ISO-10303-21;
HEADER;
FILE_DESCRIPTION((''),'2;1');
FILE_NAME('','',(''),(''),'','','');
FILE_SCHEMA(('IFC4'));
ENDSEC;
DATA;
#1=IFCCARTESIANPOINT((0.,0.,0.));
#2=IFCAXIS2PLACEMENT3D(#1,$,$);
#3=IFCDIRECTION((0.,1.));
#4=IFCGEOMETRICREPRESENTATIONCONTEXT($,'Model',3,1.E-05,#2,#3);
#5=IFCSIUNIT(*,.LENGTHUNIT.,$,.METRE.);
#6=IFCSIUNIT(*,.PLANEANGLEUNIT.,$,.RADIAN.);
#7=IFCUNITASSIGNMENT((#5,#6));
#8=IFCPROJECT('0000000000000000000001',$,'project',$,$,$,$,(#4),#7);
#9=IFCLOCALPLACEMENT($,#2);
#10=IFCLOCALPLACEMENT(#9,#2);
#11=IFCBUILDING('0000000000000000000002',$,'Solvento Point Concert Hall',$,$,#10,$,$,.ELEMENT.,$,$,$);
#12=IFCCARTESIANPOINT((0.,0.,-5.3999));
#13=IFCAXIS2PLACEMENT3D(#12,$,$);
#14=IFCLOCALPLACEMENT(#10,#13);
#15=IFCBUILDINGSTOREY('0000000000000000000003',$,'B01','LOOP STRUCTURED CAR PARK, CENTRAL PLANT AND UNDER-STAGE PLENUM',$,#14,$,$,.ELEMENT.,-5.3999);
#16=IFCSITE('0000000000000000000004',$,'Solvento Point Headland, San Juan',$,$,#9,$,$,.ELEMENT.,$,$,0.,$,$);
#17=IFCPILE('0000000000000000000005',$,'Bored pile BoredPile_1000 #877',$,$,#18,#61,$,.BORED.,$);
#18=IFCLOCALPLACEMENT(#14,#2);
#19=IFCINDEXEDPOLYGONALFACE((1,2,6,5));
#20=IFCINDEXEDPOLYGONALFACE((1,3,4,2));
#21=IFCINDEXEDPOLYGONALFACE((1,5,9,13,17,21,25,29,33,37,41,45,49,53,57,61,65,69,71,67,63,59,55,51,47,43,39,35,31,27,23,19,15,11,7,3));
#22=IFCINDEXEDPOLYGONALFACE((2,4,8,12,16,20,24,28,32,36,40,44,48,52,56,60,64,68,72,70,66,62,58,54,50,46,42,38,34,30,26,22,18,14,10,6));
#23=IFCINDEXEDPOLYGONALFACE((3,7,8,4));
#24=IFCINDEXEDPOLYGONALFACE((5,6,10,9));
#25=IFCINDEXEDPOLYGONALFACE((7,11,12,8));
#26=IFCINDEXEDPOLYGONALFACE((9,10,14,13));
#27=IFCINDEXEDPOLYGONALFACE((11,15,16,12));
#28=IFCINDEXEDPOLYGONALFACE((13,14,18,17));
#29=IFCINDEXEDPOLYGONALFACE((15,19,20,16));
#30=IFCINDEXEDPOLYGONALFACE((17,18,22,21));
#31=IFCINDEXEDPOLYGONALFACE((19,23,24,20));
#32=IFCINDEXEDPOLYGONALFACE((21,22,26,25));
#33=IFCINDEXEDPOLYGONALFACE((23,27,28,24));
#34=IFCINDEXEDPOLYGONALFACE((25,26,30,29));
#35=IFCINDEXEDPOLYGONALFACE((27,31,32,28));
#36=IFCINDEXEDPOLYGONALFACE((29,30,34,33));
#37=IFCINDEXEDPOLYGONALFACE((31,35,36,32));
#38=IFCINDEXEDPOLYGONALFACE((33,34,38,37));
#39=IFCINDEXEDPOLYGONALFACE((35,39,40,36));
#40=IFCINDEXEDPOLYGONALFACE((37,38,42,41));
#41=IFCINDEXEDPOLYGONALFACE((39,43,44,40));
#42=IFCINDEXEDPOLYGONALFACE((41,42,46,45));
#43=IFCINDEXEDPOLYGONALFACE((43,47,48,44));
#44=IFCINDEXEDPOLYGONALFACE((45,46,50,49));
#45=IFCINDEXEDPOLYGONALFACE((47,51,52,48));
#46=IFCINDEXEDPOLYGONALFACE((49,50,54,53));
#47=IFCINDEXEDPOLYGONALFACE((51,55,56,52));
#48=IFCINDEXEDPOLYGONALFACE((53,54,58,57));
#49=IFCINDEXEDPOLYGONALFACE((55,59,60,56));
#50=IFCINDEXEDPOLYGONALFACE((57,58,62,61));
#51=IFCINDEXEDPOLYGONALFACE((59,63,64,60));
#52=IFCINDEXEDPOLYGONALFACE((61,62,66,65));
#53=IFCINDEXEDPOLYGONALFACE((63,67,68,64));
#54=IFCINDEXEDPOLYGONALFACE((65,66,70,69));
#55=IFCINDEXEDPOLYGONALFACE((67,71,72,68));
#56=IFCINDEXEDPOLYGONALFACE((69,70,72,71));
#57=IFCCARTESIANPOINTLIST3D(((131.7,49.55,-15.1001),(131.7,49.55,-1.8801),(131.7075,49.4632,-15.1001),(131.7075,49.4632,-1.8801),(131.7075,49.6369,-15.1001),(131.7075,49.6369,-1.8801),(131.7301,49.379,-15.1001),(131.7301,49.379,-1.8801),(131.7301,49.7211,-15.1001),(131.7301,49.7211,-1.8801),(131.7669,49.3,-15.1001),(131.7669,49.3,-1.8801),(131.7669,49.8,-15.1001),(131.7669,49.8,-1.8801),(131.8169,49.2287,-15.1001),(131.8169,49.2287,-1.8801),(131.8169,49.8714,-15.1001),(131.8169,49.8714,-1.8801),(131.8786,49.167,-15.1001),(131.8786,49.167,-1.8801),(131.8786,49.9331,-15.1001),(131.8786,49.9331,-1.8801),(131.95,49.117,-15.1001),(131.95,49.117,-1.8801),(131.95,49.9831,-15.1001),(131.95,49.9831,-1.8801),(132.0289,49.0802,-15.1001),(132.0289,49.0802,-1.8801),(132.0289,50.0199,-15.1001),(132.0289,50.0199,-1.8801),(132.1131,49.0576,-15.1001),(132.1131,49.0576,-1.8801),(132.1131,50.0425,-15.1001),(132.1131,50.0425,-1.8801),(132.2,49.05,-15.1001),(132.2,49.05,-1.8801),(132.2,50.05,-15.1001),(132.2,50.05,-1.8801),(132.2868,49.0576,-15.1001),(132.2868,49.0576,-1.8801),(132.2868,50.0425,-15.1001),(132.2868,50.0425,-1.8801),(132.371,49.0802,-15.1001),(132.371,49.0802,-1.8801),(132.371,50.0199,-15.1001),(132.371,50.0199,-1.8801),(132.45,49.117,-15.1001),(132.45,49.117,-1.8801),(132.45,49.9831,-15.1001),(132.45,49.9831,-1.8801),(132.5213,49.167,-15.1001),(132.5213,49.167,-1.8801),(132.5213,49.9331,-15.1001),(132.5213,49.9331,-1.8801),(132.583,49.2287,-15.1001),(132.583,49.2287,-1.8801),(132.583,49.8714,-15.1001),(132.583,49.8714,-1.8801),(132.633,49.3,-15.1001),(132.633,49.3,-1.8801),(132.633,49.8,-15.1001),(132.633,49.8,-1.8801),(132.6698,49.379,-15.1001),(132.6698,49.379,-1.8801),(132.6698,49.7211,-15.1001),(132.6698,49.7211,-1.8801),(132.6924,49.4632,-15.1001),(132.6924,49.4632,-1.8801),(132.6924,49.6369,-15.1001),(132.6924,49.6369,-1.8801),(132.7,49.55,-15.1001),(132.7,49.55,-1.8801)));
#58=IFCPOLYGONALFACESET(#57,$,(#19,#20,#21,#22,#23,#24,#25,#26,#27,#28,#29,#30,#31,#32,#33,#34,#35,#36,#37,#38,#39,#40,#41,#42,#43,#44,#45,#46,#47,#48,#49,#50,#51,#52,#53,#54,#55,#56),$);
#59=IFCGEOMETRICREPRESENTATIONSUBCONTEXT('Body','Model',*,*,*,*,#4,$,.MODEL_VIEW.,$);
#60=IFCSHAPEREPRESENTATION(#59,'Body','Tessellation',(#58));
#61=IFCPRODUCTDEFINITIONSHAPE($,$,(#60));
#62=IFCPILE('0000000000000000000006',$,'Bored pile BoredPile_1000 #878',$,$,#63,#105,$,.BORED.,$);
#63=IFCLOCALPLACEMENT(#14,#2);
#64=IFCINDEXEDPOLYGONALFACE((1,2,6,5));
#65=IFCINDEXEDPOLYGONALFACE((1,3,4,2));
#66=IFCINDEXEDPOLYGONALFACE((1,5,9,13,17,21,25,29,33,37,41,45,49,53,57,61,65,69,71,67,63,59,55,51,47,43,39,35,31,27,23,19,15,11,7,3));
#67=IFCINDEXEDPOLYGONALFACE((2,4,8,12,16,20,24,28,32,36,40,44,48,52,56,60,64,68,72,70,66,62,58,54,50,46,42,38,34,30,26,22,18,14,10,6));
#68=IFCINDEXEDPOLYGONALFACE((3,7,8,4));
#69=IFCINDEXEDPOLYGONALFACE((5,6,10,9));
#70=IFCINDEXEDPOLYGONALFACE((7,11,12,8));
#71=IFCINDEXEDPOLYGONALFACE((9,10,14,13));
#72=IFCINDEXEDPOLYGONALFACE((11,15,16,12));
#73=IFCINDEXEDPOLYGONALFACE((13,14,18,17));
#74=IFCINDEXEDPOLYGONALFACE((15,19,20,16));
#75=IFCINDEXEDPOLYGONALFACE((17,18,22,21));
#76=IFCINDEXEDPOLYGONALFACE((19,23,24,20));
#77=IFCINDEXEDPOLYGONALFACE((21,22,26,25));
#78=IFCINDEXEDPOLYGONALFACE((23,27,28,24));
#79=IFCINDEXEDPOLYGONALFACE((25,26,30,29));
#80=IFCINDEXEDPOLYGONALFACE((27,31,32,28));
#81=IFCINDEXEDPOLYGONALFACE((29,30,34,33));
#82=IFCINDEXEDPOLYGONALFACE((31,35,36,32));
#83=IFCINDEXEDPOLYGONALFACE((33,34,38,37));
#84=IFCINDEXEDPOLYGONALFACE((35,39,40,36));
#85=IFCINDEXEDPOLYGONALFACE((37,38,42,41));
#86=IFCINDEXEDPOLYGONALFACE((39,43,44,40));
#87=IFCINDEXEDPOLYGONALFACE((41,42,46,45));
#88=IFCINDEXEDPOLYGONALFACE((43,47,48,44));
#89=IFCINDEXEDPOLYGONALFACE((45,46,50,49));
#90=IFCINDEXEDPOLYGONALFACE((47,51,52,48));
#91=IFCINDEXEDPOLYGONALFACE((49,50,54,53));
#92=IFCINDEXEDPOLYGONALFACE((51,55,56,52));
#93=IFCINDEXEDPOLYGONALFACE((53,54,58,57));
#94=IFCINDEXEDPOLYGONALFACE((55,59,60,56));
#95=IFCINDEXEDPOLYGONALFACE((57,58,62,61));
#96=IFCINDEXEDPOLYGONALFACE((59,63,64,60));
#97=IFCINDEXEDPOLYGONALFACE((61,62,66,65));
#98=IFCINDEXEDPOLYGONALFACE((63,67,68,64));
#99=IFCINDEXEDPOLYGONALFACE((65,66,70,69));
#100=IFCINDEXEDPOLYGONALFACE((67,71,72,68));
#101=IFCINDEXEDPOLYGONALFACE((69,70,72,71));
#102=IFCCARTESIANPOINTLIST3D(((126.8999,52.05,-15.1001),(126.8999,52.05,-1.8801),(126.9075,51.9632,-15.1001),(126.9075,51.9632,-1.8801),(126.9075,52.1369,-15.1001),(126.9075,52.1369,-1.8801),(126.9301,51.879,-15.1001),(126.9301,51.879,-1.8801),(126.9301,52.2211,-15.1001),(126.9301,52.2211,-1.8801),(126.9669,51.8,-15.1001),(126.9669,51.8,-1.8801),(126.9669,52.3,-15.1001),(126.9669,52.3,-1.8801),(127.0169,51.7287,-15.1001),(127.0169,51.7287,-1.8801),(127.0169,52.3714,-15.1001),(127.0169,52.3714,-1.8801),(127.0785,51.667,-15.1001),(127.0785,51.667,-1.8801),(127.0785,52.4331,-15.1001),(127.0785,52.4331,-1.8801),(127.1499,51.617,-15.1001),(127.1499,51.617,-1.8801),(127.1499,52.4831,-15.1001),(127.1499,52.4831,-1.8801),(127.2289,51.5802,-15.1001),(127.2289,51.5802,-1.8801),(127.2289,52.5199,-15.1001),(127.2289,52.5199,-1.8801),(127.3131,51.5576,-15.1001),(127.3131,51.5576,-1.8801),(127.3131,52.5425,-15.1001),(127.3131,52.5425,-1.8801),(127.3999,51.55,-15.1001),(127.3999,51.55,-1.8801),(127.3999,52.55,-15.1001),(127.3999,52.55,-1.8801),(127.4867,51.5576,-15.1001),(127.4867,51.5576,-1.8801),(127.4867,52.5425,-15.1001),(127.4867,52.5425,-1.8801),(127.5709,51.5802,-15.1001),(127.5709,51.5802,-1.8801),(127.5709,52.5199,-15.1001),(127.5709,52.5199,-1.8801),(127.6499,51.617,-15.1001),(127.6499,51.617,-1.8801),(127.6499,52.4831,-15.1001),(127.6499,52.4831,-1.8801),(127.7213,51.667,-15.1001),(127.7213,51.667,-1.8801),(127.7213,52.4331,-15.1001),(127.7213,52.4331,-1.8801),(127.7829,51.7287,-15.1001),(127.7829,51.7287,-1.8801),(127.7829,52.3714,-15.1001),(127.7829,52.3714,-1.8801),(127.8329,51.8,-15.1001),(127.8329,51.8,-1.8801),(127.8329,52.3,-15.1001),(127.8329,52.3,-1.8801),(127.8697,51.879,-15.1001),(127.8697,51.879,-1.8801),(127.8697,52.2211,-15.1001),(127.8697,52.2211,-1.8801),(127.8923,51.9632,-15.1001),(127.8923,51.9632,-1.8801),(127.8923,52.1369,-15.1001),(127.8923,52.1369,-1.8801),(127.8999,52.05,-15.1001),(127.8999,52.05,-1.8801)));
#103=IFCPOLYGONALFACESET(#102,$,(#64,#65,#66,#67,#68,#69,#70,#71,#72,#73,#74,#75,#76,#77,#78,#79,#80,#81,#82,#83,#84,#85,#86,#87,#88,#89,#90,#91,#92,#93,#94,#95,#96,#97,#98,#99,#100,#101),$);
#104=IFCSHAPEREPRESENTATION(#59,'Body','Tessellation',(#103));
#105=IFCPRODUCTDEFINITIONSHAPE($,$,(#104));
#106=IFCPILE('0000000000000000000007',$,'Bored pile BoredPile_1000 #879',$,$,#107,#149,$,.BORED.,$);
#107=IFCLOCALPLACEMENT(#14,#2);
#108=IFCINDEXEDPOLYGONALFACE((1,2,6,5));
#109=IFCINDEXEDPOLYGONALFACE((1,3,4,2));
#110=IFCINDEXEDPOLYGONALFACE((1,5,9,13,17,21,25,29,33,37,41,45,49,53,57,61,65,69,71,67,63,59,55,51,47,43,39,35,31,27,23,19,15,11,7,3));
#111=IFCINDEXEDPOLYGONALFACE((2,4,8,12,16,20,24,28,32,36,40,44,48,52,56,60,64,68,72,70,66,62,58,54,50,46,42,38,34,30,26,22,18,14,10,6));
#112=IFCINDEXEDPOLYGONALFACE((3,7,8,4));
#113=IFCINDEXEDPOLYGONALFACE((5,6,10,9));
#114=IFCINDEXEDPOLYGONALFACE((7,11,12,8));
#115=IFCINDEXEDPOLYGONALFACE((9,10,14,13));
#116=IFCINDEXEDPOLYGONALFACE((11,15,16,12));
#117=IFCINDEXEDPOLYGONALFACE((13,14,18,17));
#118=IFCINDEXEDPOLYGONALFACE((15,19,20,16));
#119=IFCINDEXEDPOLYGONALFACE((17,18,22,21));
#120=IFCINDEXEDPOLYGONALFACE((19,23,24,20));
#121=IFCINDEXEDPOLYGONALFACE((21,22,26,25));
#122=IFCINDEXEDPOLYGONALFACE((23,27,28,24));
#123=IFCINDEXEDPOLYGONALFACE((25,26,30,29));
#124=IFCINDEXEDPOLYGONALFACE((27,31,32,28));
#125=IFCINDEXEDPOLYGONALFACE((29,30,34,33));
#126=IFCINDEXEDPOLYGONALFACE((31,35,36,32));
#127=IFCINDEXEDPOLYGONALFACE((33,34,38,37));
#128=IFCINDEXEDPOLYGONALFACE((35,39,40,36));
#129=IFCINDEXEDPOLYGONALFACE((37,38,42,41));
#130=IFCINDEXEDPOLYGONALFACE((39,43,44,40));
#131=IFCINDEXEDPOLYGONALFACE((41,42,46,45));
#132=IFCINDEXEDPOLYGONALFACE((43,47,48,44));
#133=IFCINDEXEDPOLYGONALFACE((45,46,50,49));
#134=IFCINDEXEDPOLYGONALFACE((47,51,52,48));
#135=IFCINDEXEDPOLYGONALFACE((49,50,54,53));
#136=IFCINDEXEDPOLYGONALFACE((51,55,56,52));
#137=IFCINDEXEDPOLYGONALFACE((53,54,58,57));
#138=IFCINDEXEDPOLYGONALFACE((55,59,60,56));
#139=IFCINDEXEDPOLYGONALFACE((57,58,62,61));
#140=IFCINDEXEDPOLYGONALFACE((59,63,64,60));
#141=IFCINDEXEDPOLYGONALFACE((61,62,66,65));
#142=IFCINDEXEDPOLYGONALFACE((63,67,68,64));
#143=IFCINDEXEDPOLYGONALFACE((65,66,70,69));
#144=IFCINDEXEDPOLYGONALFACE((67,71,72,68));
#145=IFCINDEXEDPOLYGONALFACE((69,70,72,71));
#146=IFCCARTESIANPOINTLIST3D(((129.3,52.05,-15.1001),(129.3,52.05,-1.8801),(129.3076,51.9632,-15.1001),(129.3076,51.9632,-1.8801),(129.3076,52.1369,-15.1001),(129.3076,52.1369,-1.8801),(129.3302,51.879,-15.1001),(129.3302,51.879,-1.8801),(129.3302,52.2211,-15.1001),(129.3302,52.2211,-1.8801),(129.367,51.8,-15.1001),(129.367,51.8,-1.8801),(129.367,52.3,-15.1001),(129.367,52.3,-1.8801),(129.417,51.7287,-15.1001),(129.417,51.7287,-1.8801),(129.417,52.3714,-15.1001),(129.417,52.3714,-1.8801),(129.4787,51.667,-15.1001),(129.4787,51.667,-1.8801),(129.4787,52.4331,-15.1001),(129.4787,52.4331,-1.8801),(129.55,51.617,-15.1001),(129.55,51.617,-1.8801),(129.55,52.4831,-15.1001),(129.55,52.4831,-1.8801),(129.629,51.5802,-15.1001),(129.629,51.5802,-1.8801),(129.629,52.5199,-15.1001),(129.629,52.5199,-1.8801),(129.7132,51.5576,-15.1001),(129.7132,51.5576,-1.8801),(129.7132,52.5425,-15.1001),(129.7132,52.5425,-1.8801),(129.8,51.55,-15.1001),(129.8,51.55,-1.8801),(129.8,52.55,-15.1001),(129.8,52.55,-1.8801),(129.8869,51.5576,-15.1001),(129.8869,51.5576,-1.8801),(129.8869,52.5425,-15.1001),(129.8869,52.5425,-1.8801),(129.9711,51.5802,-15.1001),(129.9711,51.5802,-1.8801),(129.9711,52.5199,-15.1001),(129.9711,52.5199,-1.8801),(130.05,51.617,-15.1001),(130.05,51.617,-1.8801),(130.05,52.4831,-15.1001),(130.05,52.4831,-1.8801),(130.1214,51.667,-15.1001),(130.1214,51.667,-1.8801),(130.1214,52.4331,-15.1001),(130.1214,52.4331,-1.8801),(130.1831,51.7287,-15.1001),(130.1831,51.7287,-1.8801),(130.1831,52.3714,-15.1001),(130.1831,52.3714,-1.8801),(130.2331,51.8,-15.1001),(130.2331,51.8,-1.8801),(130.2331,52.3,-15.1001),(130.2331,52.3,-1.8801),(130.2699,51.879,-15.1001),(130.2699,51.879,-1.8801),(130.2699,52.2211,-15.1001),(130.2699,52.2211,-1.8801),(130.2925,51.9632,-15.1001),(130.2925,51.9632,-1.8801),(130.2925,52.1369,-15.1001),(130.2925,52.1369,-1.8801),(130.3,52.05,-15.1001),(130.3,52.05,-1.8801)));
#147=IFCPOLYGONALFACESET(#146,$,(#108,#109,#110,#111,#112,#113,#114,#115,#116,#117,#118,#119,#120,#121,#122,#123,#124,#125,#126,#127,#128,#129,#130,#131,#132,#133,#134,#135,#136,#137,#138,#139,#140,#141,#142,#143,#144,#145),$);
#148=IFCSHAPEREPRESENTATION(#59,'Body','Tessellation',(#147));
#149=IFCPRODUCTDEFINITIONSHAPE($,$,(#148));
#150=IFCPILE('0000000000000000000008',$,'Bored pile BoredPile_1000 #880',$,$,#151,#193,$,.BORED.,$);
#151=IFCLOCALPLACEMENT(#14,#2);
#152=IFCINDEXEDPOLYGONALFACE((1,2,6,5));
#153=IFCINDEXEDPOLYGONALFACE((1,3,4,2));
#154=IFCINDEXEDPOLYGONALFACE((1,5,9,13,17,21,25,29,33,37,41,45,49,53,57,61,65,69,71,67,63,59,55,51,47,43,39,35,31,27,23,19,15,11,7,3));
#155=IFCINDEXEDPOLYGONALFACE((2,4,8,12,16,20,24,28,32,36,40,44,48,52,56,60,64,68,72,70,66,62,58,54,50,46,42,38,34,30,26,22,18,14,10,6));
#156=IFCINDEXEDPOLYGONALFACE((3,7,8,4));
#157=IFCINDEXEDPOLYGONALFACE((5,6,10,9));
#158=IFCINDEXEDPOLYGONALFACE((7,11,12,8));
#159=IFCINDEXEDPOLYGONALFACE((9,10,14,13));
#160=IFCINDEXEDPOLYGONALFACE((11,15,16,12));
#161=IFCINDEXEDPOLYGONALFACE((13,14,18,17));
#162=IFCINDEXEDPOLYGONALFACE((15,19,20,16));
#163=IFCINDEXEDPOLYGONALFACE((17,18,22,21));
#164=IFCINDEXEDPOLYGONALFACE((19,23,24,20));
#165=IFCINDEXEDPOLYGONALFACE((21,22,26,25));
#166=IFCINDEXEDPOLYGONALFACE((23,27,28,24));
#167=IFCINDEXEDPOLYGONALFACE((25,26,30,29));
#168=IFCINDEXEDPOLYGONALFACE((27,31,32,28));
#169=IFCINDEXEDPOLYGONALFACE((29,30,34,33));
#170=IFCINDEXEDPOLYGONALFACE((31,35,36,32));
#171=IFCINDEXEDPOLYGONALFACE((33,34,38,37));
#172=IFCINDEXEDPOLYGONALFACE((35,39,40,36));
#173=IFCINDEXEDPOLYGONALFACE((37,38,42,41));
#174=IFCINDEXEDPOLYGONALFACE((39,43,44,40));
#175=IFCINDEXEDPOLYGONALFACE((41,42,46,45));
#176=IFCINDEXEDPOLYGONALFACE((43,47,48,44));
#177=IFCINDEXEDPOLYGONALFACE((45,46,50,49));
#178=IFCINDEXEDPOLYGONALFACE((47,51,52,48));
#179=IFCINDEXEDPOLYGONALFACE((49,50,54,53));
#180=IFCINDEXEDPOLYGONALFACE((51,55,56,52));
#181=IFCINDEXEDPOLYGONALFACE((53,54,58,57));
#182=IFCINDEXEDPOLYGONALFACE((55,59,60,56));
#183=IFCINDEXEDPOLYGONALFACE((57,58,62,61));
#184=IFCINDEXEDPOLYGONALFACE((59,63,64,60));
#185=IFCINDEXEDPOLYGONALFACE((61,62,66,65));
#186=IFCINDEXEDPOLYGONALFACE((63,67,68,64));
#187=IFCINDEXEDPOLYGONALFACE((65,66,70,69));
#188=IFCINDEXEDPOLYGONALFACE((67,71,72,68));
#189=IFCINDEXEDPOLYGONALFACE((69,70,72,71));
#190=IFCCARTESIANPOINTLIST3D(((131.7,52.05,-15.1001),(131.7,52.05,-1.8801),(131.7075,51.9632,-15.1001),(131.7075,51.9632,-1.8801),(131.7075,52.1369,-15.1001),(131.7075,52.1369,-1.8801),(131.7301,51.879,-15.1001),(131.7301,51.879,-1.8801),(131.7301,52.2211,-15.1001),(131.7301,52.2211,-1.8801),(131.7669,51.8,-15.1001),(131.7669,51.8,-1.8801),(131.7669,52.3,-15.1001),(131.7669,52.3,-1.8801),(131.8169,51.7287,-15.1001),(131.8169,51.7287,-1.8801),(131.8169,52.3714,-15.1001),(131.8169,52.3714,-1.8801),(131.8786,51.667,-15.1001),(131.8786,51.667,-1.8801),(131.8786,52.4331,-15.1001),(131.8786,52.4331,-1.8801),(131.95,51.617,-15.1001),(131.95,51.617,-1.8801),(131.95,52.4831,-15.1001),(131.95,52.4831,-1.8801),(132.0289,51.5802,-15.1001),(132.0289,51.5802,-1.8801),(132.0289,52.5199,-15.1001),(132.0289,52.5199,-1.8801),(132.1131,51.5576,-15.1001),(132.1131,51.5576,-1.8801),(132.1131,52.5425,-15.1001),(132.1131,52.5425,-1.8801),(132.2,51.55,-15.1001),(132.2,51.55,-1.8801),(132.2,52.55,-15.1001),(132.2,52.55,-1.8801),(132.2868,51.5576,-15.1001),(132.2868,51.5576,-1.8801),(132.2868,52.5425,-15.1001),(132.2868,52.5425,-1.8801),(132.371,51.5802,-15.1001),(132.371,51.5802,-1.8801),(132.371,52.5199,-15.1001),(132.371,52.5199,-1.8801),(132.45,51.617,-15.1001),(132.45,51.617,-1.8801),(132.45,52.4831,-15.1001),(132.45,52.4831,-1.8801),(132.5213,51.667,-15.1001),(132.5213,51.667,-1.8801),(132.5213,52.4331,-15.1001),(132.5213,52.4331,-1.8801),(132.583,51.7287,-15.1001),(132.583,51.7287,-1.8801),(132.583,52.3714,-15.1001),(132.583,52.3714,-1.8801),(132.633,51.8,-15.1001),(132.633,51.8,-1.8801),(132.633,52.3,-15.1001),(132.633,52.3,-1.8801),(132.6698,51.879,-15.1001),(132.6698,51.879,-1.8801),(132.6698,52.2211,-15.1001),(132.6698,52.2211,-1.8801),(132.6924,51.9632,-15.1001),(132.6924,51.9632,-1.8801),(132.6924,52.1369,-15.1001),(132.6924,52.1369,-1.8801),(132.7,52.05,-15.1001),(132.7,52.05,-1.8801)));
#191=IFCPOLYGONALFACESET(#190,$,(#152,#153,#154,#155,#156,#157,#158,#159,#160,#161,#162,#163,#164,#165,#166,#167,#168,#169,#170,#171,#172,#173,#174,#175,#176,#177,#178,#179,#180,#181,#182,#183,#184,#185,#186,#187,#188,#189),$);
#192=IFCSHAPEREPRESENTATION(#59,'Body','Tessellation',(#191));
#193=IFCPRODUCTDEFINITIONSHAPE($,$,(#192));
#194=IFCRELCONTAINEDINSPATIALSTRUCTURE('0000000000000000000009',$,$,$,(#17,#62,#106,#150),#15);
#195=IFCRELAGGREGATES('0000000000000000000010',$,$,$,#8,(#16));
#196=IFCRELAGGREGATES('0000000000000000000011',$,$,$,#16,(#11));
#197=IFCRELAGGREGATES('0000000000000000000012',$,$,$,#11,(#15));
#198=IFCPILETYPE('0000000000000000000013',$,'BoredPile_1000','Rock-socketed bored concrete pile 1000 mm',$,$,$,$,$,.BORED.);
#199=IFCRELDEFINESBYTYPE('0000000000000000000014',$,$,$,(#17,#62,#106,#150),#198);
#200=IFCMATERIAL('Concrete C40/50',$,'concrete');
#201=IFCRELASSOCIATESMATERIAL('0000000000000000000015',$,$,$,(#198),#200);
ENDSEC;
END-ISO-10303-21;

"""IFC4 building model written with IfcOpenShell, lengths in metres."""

from ifc_helpers import new_model, si_unit, direction, frame, origin, origin_2d, place, context, subcontext, project, spatial, circle, extrude, material, material_profile, profile_set, type_object, element, save


model = new_model("IFC4")

# Units and contexts
model_context = context("Model", 3, precision=1e-05, world=origin(), true_north=direction((0.0, 1.0)))
body_context = subcontext(model_context, "Body", "Model", "MODEL_VIEW")
ifc_project = project(units=[si_unit("LENGTHUNIT", "METRE"), si_unit("PLANEANGLEUNIT", "RADIAN")], contexts=[model_context])

# Site, building, storey
site_placement = place(None, origin())
site = spatial("IfcSite", under=ifc_project, at=site_placement, Name="Solvento Point Headland, San Juan", CompositionType="ELEMENT", RefElevation=0.0)
building_placement = place(site_placement, origin())
building = spatial("IfcBuilding", under=site, at=building_placement, Name="Solvento Point Concert Hall", CompositionType="ELEMENT")
storey_placement = place(building_placement, frame((0.0, 0.0, -5.3999)))
storey = spatial("IfcBuildingStorey", under=building, at=storey_placement, Name="B01", Description="LOOP STRUCTURED CAR PARK, CENTRAL PLANT AND UNDER-STAGE PLENUM", CompositionType="ELEMENT", Elevation=-5.3999)

# Piles
ifc_material_1 = material(Name="Concrete C40/50", Category="concrete")
ifc_material_profile_1 = material_profile(ifc_material_1, circle(Radius=0.5, at=origin_2d()), Name="BP-1000")
ifc_profile_set_1 = profile_set([ifc_material_profile_1], Name="Concrete C40/50")
pile_type_1 = type_object("IfcPileType", Name="BoredPile_1000", Description="Rock-socketed bored concrete pile 1000 mm", PredefinedType="BORED", material=ifc_profile_set_1)
for number, where, z_axis, x_axis, name in (
    (1, (132.2, 49.55, -1.8801), (0.0, 0.0, -1.0), (1.0, 0.0, 0.0), "Bored pile BoredPile_1000 #877"),
    (2, (127.3999, 52.05, -1.8801), (0.0, 0.0, -1.0), (1.0, 0.0, 0.0), "Bored pile BoredPile_1000 #878"),
    (3, (129.8, 52.05, -1.8801), (0.0, 0.0, -1.0), (1.0, 0.0, 0.0), "Bored pile BoredPile_1000 #879"),
    (4, (132.2, 52.05, -1.8801), (0.0, 0.0, -1.0), (1.0, 0.0, 0.0), "Bored pile BoredPile_1000 #880"),
):
    element("IfcPile", number, at=place(storey_placement, frame(where, z_axis=z_axis, x_axis=x_axis)), inside=storey, type_object=pile_type_1, Name=name, PredefinedType="BORED", context=body_context, shape_type="SweptSolid", body=[
        extrude(circle(Radius=0.5, at=origin_2d()), origin(), (0.0, 0.0, 1.0), 13.22),
    ])

save(model, "model.ifc")
